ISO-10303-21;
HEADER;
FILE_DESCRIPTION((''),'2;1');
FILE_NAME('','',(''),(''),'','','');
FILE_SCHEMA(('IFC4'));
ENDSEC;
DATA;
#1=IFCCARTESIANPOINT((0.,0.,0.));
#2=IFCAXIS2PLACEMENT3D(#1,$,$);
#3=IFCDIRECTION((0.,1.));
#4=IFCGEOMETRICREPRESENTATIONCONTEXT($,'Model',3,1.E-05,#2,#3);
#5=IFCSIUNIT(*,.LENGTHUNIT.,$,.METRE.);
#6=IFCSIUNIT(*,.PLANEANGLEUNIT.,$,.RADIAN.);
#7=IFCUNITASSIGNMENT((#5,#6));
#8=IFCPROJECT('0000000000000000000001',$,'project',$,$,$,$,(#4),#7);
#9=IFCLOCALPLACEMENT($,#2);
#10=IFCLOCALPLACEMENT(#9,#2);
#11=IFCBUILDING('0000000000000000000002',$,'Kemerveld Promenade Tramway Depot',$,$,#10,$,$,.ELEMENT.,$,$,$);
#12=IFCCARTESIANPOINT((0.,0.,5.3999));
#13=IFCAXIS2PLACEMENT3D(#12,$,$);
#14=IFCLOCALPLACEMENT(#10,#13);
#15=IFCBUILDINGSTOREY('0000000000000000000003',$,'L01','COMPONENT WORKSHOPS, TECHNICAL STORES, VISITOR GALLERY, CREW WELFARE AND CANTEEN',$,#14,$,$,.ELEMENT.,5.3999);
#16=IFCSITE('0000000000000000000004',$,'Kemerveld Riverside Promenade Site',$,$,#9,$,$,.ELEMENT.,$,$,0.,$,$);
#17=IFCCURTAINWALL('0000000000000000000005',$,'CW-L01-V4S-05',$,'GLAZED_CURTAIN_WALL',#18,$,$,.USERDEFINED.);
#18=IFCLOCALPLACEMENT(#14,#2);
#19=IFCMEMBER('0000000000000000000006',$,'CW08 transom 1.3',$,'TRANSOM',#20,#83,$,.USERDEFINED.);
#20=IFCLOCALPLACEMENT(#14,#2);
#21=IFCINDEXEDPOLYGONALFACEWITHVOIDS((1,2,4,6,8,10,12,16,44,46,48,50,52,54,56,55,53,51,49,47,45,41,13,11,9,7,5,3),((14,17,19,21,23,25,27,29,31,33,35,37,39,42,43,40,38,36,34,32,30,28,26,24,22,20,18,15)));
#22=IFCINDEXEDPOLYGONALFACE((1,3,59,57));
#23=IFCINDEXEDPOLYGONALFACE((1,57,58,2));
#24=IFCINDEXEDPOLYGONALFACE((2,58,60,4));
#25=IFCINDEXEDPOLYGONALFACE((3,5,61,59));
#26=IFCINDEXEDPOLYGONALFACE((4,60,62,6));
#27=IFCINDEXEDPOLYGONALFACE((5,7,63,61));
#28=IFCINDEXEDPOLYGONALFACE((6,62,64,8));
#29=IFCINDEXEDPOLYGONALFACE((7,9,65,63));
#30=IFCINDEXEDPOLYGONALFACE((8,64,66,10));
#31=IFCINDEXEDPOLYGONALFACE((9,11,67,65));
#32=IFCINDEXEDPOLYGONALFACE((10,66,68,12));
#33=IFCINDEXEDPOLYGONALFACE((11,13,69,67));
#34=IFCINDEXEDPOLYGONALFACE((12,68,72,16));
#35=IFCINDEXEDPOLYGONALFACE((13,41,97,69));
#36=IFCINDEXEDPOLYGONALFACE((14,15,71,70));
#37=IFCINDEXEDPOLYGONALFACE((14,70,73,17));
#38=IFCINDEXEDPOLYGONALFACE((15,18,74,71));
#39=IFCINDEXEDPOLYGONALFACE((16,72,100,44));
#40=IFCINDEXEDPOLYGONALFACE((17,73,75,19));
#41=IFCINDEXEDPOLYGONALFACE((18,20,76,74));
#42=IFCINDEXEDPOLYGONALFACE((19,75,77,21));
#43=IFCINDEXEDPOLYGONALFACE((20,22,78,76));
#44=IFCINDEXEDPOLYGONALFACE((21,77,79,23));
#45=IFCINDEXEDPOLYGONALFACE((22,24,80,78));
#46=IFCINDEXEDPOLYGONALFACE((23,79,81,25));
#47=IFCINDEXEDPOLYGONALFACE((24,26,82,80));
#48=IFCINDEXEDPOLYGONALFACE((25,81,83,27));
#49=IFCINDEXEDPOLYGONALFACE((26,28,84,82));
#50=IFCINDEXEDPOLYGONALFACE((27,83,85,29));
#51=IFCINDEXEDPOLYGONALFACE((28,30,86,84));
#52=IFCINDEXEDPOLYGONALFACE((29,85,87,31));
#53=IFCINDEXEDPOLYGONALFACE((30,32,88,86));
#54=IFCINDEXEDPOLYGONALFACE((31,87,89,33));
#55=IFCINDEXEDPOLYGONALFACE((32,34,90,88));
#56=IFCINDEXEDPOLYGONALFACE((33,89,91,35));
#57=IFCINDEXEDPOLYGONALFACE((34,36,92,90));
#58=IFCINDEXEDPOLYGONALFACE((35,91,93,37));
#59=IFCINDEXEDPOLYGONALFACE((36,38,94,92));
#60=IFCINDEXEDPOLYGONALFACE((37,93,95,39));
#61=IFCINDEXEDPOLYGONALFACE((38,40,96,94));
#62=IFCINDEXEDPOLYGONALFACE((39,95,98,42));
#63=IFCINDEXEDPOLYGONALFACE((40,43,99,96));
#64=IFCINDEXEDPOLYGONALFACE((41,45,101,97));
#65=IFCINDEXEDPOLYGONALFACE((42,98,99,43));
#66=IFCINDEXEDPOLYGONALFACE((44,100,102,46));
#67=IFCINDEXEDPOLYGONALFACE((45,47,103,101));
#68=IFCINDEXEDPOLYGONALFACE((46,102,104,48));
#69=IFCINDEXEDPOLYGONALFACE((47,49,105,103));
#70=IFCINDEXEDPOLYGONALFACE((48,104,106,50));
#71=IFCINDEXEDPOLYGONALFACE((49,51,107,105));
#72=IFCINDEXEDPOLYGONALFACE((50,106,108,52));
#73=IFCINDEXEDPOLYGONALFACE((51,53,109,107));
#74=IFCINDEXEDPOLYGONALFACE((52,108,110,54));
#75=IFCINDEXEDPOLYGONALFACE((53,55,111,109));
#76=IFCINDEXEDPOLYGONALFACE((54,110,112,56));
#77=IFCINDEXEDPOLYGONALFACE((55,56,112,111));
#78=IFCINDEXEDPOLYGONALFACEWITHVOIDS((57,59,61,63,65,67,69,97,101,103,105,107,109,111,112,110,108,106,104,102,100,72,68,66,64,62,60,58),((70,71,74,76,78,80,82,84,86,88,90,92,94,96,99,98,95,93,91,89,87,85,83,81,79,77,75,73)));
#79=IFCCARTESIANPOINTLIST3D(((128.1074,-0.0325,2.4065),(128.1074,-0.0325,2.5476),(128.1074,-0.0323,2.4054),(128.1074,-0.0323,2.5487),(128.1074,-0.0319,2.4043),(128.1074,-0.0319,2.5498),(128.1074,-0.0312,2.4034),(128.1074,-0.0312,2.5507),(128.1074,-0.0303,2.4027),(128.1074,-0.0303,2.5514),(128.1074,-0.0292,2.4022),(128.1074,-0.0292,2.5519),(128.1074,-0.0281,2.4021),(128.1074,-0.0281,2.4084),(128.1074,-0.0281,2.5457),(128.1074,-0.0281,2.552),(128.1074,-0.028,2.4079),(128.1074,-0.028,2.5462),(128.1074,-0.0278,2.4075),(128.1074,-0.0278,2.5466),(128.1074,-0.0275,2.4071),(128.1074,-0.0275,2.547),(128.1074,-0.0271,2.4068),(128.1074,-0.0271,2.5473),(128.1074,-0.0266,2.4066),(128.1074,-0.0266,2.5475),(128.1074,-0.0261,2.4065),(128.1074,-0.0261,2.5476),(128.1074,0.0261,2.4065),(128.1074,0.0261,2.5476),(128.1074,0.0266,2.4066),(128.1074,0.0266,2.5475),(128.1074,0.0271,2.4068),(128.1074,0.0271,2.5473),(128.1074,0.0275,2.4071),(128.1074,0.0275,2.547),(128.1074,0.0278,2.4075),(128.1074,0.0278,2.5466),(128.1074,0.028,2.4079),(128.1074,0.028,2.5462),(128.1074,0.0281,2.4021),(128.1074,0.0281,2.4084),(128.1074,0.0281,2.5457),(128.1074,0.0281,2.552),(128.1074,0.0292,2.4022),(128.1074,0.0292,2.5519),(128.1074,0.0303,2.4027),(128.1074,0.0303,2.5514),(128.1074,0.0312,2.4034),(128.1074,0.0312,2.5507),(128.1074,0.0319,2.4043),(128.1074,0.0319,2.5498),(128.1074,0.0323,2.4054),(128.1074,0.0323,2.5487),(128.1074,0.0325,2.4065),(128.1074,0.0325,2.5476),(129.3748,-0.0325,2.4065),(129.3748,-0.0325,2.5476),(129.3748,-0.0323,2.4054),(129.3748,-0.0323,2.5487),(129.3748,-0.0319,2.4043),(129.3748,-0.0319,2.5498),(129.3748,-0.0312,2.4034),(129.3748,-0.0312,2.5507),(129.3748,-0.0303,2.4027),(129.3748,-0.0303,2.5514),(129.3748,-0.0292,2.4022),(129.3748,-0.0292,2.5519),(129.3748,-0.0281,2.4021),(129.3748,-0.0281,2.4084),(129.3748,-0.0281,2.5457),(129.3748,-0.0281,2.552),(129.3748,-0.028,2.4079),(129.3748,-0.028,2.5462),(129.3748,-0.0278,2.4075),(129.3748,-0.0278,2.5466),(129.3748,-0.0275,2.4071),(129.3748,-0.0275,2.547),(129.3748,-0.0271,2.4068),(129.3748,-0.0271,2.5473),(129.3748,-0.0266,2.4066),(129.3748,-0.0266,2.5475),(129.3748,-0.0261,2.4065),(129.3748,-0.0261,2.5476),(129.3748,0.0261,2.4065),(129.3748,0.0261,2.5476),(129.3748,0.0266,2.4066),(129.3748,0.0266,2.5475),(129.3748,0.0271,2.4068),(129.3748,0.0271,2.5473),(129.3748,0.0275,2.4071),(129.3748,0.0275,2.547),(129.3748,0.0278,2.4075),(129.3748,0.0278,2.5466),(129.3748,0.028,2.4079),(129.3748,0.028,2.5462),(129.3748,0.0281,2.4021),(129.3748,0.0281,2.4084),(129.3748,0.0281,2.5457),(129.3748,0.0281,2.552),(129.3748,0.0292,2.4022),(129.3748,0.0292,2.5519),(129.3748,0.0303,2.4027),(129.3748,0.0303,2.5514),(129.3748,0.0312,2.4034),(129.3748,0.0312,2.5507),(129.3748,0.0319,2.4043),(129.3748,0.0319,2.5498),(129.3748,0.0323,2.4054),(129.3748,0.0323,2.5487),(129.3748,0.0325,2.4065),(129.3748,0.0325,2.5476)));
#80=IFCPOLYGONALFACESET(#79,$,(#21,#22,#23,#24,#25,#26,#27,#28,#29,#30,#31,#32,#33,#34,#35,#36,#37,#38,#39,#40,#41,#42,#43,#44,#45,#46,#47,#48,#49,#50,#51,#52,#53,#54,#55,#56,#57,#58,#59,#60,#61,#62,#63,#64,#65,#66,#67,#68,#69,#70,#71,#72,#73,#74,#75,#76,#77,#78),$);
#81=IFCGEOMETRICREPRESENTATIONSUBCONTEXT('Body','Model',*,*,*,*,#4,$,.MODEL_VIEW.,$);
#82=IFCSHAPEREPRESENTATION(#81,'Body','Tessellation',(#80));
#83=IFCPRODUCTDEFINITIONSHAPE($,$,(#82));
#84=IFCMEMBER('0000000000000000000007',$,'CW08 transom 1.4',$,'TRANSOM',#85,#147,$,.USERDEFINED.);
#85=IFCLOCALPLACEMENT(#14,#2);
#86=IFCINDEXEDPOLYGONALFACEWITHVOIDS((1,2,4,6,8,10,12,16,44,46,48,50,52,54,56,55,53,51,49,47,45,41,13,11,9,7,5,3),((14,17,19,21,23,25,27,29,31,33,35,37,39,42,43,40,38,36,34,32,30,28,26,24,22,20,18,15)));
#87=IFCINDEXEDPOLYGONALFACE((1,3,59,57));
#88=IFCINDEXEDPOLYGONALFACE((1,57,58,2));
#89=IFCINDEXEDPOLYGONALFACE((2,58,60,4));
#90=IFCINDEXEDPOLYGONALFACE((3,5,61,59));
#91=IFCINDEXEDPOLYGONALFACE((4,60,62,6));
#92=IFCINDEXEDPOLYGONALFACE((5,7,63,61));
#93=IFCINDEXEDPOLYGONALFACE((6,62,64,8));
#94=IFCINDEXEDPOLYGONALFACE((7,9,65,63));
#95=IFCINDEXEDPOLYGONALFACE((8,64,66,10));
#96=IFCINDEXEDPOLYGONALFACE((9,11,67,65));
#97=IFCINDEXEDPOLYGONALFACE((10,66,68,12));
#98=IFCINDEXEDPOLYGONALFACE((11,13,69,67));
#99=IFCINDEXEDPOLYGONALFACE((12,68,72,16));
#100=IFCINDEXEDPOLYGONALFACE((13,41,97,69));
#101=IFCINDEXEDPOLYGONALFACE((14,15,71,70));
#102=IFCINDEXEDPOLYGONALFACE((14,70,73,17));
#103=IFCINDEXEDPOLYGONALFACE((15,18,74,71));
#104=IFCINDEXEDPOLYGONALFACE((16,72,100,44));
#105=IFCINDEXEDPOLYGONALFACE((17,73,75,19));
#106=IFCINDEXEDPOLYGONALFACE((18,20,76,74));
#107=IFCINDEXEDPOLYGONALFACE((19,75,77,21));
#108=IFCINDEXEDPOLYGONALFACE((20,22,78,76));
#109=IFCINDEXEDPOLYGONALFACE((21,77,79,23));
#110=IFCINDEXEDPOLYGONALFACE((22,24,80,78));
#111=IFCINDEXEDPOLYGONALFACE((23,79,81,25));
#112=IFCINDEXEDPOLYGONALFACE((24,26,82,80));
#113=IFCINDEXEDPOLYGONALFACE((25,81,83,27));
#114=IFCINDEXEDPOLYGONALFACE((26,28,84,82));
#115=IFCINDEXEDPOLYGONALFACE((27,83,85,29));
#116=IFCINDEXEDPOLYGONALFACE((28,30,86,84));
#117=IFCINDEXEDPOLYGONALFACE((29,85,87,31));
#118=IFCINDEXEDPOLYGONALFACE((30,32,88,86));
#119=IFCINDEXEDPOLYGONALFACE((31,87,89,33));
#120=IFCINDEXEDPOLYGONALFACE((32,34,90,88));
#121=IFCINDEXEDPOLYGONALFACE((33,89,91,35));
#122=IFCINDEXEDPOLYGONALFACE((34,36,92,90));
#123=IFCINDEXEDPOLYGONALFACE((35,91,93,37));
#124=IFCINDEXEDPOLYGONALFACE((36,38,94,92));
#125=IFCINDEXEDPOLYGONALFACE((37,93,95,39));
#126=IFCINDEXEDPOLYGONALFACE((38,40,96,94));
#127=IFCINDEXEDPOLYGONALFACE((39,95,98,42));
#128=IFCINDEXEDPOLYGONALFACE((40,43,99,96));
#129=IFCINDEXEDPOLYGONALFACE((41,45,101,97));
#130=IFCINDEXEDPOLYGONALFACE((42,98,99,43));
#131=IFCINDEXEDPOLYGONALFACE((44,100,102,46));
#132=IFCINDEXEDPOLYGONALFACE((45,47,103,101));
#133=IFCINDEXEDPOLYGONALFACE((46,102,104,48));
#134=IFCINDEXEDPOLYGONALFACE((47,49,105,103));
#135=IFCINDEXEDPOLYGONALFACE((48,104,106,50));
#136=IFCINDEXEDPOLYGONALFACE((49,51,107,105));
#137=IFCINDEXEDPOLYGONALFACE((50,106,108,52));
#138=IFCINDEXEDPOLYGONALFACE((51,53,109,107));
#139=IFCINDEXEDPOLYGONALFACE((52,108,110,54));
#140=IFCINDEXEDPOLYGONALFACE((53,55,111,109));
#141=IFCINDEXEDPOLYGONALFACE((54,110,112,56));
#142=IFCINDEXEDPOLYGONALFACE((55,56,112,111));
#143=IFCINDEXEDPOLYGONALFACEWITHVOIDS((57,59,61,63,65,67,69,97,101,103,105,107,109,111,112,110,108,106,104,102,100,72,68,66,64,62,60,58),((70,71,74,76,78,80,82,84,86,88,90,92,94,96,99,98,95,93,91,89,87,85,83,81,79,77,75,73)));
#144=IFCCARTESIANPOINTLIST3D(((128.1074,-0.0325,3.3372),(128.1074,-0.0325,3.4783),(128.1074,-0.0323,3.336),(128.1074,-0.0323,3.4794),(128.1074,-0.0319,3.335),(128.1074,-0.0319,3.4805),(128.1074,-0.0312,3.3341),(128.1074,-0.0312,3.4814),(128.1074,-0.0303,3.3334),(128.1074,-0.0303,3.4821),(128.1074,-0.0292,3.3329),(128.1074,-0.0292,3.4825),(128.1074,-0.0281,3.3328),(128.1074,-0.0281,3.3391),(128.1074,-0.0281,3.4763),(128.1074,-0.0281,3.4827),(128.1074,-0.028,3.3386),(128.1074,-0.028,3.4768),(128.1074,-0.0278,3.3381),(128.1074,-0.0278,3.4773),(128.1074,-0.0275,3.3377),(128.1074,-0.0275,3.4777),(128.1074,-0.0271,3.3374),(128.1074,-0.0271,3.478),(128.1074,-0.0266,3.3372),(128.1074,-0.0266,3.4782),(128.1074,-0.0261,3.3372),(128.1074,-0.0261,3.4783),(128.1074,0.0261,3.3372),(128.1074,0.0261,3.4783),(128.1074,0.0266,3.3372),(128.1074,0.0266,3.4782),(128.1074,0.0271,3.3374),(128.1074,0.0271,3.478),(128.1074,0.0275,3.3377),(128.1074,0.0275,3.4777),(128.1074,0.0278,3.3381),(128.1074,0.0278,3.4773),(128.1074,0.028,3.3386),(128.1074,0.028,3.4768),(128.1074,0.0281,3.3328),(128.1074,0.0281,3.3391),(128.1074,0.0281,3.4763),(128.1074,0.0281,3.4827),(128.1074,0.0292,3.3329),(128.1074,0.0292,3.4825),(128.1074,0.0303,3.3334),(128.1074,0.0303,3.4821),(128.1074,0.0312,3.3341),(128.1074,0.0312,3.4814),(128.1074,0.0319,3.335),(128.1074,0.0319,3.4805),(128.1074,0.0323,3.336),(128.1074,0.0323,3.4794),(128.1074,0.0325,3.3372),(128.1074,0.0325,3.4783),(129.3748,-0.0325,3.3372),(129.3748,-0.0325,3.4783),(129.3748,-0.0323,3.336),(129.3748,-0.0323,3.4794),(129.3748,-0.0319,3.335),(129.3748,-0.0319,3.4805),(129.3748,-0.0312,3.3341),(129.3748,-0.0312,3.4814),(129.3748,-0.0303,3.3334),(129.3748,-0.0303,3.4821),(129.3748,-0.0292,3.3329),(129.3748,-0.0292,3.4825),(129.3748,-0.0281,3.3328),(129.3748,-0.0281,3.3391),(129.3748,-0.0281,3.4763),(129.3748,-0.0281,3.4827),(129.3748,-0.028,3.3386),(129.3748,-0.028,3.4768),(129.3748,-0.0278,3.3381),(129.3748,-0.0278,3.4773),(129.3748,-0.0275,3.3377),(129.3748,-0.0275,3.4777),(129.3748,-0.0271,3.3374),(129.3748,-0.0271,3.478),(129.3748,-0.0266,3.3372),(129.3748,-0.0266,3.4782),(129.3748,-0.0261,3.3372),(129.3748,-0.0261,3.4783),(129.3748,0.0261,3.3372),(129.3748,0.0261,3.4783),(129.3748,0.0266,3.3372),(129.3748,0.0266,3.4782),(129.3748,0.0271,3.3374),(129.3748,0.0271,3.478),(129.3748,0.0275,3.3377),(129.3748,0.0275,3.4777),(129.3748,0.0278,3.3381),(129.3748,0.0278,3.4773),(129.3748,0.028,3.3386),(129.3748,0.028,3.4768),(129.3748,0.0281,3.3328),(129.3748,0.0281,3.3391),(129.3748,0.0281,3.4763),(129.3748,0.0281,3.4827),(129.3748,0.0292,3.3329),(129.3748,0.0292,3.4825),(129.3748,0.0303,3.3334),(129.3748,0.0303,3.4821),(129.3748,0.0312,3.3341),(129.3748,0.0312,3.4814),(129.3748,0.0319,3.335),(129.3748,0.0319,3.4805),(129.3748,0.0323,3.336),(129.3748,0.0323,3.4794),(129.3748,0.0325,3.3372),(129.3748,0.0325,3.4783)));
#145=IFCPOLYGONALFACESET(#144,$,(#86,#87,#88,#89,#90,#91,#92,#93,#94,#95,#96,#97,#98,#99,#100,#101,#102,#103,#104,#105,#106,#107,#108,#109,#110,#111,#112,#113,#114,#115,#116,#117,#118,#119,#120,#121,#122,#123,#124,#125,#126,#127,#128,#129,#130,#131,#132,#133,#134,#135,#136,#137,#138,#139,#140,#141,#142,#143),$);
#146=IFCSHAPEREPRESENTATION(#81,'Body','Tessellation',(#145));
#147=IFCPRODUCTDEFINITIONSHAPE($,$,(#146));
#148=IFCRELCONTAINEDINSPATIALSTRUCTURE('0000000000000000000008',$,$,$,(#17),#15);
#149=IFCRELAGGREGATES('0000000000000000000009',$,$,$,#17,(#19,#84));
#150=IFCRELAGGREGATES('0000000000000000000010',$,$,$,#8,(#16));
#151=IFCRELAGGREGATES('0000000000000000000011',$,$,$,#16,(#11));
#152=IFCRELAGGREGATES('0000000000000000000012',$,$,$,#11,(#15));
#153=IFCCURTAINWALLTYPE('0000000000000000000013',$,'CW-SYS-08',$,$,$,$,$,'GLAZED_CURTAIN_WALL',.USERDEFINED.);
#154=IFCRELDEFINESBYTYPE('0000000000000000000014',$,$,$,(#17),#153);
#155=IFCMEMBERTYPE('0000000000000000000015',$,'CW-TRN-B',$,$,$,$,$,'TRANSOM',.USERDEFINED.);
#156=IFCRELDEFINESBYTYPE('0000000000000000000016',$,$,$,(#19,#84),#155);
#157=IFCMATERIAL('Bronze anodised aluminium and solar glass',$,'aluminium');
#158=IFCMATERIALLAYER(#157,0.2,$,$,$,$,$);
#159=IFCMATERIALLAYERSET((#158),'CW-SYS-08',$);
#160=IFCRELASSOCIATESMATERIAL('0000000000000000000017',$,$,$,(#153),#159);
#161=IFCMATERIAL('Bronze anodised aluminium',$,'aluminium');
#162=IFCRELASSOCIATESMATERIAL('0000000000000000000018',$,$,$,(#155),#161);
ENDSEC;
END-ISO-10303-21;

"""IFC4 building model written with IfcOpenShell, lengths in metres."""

from ifc_helpers import new_model, si_unit, direction, frame, origin, origin_2d, place, context, subcontext, project, spatial, hollow_rectangle, extrude, material, layer, layer_set, material_profile, profile_set, type_object, element, aggregate, save


model = new_model("IFC4")

# Units and contexts
model_context = context("Model", 3, precision=1e-05, world=origin(), true_north=direction((0.0, 1.0)))
body_context = subcontext(model_context, "Body", "Model", "MODEL_VIEW")
ifc_project = project(units=[si_unit("LENGTHUNIT", "METRE"), si_unit("PLANEANGLEUNIT", "RADIAN")], contexts=[model_context])

# Site, building, storey
site_placement = place(None, origin())
site = spatial("IfcSite", under=ifc_project, at=site_placement, Name="Kemerveld Riverside Promenade Site", CompositionType="ELEMENT", RefElevation=0.0)
building_placement = place(site_placement, origin())
building = spatial("IfcBuilding", under=site, at=building_placement, Name="Kemerveld Promenade Tramway Depot", CompositionType="ELEMENT")
storey_placement = place(building_placement, frame((0.0, 0.0, 5.3999)))
storey = spatial("IfcBuildingStorey", under=building, at=storey_placement, Name="L01", Description="COMPONENT WORKSHOPS, TECHNICAL STORES, VISITOR GALLERY, CREW WELFARE AND CANTEEN", CompositionType="ELEMENT", Elevation=5.3999)

# Curtain wall, members
ifc_material_1 = material(Name="Bronze anodised aluminium and solar glass", Category="aluminium")
ifc_layer_1 = layer(ifc_material_1, 0.2)
ifc_layer_set_1 = layer_set([ifc_layer_1], Name="CW-SYS-08")
curtain_wall_type = type_object("IfcCurtainWallType", Name="CW-SYS-08", ElementType="GLAZED_CURTAIN_WALL", PredefinedType="USERDEFINED", material=ifc_layer_set_1)
curtain_wall_placement = place(storey_placement, origin())
curtain_wall = element("IfcCurtainWall", 1, at=curtain_wall_placement, inside=storey, type_object=curtain_wall_type, Name="CW-L01-V4S-05", ObjectType="GLAZED_CURTAIN_WALL", PredefinedType="USERDEFINED")
ifc_material_2 = material(Name="Bronze anodised aluminium", Category="aluminium")
ifc_material_profile_1 = material_profile(ifc_material_2, hollow_rectangle(XDim=0.0649, YDim=0.1499, WallThickness=0.0044, InnerFilletRadius=0.002, OuterFilletRadius=0.0044, at=origin_2d()), Name="CW-TRN-150x65")
ifc_profile_set_1 = profile_set([ifc_material_profile_1], Name="Bronze anodised aluminium")
member_type_1 = type_object("IfcMemberType", Name="CW-TRN-B", ElementType="TRANSOM", PredefinedType="USERDEFINED", material=ifc_profile_set_1)
member_1_placement = place(storey_placement, frame((129.3748, 0.0, 2.4771), z_axis=(-1.0, 0.0, 0.0), x_axis=(0.0, -1.0, 0.0)))
member_1 = element("IfcMember", 2, at=member_1_placement, type_object=member_type_1, Name="CW08 transom 1.3", ObjectType="TRANSOM", PredefinedType="USERDEFINED", context=body_context, shape_type="SweptSolid", body=[
    extrude(hollow_rectangle(XDim=0.0649, YDim=0.1499, WallThickness=0.0044, InnerFilletRadius=0.002, OuterFilletRadius=0.0044, at=origin_2d()), origin(), (0.0, 0.0, 1.0), 1.2673),
])
member_2_placement = place(storey_placement, frame((129.3748, 0.0, 3.4077), z_axis=(-1.0, 0.0, 0.0), x_axis=(0.0, -1.0, 0.0)))
member_2 = element("IfcMember", 3, at=member_2_placement, type_object=member_type_1, Name="CW08 transom 1.4", ObjectType="TRANSOM", PredefinedType="USERDEFINED", context=body_context, shape_type="SweptSolid", body=[
    extrude(hollow_rectangle(XDim=0.0649, YDim=0.1499, WallThickness=0.0044, InnerFilletRadius=0.002, OuterFilletRadius=0.0044, at=origin_2d()), origin(), (0.0, 0.0, 1.0), 1.2673),
])
aggregate(curtain_wall, [member_1, member_2])

save(model, "model.ifc")
